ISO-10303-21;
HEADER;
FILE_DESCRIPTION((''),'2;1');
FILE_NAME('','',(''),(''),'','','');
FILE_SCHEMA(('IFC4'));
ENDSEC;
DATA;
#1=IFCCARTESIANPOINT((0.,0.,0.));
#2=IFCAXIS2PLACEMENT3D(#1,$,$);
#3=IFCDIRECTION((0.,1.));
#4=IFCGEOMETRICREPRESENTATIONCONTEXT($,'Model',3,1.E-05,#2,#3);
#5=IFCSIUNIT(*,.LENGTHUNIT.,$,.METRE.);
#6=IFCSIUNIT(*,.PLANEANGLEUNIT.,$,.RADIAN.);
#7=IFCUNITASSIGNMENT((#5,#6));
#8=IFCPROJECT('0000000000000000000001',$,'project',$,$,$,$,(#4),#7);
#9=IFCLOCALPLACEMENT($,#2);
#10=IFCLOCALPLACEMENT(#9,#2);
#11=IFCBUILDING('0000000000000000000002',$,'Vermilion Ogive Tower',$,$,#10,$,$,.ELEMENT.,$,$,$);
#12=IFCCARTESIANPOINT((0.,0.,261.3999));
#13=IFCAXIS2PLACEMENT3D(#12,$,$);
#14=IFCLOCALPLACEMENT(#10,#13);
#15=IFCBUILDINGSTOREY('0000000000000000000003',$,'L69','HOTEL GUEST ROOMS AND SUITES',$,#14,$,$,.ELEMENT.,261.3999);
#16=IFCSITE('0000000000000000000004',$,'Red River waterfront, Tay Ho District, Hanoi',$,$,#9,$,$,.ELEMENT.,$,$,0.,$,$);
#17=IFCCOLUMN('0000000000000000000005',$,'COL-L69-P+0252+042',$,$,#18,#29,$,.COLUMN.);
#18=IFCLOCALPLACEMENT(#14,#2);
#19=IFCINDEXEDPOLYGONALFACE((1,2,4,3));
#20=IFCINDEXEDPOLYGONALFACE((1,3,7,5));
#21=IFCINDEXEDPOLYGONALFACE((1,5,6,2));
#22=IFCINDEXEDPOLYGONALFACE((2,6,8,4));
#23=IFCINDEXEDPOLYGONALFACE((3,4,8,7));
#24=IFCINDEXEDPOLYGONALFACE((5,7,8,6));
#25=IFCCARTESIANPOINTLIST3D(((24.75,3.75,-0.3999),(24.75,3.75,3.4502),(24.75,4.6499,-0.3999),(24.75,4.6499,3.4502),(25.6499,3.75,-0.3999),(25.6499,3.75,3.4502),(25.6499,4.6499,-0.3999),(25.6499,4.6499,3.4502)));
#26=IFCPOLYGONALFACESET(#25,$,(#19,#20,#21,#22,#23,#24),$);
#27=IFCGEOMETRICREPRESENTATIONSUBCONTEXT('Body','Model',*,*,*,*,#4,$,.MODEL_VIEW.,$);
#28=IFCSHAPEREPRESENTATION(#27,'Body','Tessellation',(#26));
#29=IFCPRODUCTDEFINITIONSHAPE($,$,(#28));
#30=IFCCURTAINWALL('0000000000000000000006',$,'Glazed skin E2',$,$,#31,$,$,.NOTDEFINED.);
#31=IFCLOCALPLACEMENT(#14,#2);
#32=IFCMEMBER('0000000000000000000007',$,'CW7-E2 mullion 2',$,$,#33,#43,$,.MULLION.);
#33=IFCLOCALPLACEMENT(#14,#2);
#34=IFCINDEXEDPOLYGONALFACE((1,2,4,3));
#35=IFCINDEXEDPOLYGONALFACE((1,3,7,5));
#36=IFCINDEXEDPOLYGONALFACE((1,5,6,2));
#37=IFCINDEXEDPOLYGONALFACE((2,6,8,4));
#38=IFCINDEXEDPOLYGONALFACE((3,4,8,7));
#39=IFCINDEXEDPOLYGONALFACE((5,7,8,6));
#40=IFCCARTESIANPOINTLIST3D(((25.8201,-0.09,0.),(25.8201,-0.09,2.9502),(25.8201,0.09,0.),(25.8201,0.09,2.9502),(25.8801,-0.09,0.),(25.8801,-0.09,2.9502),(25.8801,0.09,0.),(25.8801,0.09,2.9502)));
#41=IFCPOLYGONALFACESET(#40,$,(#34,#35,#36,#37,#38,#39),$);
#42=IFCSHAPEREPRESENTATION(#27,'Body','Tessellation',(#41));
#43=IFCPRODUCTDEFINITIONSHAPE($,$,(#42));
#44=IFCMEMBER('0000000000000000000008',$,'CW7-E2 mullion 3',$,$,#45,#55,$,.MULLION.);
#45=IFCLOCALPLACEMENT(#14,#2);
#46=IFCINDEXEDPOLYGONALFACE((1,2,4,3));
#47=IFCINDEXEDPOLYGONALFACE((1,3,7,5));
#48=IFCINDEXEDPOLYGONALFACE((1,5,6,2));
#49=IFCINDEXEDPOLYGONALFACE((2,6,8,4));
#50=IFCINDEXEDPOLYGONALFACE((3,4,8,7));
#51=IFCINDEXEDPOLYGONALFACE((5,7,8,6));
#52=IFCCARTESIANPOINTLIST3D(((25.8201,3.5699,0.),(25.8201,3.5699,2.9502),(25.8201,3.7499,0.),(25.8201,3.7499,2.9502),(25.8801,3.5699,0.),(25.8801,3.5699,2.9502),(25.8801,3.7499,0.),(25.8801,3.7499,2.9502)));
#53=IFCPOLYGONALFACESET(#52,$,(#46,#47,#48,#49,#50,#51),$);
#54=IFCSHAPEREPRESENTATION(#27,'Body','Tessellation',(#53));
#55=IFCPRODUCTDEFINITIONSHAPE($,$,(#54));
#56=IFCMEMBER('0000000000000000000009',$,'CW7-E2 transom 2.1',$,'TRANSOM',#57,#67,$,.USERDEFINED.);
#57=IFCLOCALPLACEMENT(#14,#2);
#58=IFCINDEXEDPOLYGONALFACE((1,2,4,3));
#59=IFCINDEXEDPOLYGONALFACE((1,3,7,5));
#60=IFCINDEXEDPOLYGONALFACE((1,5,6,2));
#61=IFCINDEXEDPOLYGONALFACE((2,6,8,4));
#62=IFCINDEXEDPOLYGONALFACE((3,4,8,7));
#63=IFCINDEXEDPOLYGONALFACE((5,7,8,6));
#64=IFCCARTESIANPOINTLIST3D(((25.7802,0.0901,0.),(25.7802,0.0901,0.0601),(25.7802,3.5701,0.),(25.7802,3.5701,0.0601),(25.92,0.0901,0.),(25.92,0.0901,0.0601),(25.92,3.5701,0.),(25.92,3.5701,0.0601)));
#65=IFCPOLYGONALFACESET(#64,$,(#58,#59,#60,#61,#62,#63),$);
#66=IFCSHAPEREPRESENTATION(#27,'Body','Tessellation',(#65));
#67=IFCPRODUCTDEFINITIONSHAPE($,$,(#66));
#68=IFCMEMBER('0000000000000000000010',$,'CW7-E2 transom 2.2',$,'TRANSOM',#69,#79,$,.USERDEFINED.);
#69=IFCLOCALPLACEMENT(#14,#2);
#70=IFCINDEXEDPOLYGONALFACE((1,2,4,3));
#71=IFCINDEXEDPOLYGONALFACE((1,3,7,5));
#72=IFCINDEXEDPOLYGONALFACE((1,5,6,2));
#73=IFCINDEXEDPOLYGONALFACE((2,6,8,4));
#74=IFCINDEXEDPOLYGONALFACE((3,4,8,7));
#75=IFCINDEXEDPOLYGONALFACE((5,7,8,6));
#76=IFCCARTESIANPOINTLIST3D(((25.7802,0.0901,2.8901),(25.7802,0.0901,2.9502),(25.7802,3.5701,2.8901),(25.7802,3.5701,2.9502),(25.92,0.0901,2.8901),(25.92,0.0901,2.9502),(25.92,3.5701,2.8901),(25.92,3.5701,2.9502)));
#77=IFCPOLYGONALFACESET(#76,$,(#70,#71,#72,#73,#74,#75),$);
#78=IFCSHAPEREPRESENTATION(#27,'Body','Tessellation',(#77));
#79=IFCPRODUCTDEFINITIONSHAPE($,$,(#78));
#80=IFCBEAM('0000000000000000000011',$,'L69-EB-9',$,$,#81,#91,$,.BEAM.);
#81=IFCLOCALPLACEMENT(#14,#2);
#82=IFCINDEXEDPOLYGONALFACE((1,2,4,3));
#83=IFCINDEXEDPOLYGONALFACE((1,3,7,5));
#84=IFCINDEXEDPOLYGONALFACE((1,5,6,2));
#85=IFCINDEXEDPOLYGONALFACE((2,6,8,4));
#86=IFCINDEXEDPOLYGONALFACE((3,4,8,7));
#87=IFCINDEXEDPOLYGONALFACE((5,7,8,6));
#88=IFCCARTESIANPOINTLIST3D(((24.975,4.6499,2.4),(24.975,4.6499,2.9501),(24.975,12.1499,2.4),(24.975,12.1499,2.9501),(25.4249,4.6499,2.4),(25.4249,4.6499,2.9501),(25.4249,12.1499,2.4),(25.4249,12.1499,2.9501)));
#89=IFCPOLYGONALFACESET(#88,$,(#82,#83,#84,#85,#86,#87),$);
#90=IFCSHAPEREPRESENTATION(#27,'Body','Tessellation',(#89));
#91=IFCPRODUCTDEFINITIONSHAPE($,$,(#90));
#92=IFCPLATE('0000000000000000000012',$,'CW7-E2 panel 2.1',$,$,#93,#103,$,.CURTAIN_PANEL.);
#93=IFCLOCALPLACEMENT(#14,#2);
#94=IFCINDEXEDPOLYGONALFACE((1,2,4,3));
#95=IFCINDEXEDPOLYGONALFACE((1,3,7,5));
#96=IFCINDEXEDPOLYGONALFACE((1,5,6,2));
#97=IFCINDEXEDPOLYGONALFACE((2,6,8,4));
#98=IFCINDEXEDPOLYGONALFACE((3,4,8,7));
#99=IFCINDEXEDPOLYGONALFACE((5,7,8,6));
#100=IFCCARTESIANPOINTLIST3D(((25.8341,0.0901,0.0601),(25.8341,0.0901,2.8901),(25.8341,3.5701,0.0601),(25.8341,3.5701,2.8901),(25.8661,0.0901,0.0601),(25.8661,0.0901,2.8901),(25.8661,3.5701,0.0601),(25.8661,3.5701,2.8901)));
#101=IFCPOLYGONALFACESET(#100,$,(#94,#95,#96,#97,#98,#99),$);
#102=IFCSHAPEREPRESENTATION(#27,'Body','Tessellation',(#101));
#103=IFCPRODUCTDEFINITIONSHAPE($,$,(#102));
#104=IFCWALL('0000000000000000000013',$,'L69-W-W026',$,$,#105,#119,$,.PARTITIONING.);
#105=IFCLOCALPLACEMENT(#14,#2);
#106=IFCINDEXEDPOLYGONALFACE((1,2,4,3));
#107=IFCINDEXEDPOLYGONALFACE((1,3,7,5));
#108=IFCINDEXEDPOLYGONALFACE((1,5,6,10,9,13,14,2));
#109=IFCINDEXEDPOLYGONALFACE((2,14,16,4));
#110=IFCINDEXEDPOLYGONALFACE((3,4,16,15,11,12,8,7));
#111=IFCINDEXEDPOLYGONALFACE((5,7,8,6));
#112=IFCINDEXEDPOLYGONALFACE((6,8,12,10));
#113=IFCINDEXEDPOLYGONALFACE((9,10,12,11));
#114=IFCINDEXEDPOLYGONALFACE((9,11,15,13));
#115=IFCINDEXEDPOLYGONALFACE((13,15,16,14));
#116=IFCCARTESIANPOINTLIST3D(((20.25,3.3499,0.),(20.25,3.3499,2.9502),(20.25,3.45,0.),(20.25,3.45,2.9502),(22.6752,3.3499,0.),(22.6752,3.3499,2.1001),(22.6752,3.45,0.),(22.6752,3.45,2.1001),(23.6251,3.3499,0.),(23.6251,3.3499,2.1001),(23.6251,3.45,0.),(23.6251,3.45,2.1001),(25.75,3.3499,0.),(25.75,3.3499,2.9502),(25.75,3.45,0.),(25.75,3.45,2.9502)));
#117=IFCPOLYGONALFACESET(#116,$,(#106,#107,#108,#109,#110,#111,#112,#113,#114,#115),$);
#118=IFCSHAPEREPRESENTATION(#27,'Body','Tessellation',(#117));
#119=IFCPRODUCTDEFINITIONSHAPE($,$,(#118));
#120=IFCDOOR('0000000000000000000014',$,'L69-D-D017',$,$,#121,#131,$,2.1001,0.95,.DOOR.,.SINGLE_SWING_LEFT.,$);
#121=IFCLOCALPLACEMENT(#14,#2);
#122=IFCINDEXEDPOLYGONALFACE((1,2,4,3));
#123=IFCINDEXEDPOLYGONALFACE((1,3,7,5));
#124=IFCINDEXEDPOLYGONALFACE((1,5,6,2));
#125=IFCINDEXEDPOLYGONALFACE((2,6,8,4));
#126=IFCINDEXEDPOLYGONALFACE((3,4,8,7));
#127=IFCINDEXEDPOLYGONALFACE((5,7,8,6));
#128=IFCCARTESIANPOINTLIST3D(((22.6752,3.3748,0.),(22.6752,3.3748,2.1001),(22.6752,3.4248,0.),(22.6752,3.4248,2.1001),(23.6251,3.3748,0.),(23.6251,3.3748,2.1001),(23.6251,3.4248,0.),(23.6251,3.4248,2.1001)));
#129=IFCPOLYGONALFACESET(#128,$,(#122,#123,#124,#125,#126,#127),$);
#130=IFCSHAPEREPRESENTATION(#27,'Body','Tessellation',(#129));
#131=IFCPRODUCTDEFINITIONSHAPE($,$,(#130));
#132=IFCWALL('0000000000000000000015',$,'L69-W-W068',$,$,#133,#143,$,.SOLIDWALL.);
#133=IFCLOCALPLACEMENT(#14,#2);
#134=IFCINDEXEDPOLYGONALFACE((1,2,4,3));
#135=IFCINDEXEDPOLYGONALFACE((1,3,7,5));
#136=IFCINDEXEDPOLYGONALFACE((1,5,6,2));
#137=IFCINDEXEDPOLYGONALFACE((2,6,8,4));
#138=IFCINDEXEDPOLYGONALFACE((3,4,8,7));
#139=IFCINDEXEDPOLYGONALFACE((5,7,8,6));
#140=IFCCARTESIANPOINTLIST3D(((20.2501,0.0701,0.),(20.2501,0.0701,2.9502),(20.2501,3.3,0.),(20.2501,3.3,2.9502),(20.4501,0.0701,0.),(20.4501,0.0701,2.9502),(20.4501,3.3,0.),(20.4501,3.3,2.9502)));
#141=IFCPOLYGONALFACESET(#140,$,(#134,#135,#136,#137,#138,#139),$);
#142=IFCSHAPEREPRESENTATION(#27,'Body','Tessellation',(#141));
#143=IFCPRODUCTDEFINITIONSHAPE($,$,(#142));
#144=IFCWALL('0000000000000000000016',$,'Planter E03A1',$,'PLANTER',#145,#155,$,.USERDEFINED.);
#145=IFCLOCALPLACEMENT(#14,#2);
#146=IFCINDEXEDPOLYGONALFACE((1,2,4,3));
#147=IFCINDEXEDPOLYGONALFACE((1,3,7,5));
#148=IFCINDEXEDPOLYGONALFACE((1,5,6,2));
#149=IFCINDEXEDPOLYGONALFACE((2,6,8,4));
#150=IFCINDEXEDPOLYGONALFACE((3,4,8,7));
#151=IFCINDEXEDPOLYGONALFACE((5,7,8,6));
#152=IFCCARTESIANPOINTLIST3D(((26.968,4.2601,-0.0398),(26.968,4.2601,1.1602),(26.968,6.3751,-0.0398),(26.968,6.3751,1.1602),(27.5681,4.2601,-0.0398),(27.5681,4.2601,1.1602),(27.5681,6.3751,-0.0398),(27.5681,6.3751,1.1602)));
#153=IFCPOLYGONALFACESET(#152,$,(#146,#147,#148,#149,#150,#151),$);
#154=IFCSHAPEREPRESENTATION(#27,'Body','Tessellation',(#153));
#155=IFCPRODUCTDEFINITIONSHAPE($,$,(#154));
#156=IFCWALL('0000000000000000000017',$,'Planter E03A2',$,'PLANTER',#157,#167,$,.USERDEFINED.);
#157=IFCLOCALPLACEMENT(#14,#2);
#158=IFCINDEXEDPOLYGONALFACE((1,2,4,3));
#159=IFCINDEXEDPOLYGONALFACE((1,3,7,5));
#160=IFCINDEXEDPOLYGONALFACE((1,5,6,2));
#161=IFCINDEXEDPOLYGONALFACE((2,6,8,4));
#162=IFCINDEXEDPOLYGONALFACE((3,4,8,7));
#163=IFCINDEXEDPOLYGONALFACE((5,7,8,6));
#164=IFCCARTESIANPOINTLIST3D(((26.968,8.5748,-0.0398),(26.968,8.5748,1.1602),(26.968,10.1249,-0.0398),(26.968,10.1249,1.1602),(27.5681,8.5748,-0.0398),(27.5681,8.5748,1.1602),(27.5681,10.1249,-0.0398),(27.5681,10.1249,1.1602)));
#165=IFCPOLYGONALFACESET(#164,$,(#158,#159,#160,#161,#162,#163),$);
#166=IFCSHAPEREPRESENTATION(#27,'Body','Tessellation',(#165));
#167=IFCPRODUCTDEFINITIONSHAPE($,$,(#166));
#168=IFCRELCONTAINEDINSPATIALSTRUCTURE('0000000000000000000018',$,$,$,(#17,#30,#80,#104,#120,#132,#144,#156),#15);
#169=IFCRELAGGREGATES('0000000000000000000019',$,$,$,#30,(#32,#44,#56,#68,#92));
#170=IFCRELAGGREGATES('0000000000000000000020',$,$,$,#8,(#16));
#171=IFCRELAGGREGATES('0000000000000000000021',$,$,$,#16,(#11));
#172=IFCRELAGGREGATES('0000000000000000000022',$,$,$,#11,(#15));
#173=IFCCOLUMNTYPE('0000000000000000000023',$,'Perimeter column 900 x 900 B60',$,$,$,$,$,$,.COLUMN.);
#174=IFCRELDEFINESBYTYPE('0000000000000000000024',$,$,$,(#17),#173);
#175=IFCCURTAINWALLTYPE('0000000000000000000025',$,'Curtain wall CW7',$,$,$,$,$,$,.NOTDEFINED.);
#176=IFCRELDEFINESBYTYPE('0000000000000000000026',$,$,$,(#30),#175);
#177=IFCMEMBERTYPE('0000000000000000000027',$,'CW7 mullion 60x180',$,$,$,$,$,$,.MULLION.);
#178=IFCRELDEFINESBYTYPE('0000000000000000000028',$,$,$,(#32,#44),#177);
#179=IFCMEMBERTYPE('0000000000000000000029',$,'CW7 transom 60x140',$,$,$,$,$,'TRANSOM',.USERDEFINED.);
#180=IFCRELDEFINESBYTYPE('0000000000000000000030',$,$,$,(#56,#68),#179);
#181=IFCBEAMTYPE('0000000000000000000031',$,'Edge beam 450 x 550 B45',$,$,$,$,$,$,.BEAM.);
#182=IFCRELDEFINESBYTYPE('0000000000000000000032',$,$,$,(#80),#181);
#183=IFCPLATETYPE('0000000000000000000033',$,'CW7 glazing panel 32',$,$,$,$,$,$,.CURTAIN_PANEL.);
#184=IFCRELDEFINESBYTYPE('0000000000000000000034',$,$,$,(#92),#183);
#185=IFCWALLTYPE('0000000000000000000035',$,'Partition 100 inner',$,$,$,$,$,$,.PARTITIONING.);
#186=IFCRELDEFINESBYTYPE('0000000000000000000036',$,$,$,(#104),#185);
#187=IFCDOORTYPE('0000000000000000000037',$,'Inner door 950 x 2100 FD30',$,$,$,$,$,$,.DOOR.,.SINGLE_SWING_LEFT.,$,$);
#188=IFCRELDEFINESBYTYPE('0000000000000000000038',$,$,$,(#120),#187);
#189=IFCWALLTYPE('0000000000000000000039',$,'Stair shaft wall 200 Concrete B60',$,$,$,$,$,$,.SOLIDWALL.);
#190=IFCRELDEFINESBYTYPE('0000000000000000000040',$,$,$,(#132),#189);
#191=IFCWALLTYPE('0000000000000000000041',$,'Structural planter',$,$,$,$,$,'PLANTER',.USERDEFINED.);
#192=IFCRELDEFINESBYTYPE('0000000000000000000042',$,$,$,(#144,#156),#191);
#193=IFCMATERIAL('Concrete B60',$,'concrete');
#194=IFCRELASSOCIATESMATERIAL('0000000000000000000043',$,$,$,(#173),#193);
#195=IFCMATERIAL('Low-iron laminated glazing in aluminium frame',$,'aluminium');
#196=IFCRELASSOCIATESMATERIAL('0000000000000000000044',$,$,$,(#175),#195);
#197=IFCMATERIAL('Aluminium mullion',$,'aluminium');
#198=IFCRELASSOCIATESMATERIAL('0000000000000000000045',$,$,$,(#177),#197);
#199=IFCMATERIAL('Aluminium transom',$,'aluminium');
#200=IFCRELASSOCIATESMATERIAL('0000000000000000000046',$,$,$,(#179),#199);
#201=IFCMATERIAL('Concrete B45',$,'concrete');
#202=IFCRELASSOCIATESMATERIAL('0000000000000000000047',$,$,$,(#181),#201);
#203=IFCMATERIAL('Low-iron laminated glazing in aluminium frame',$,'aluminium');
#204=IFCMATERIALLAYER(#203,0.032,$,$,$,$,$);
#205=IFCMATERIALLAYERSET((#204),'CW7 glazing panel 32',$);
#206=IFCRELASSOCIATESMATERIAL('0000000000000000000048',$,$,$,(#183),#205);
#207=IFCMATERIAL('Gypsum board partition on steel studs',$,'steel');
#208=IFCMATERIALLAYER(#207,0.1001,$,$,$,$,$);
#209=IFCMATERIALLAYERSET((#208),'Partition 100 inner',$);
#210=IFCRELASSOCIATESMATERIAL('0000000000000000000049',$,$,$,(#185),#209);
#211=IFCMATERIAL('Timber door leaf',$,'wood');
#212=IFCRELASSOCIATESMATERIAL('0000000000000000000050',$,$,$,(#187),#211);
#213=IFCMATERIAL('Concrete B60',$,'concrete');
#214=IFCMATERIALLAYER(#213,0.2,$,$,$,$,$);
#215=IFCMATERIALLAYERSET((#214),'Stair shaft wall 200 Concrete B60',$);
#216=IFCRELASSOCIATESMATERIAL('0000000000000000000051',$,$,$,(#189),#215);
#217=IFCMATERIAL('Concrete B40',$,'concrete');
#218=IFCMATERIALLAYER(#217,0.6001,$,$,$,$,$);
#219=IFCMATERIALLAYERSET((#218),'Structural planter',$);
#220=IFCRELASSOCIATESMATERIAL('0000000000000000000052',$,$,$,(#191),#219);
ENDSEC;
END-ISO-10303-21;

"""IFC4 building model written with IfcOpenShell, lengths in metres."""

from ifc_helpers import new_model, si_unit, direction, frame, frame_2d, origin, origin_2d, place, context, subcontext, project, spatial, rectangle, extrude, material, layer, layer_set, material_profile, profile_set, type_object, element, fill, aggregate, save


model = new_model("IFC4")

# Units and contexts
model_context = context("Model", 3, precision=1e-05, world=origin(), true_north=direction((0.0, 1.0)))
body_context = subcontext(model_context, "Body", "Model", "MODEL_VIEW")
ifc_project = project(units=[si_unit("LENGTHUNIT", "METRE"), si_unit("PLANEANGLEUNIT", "RADIAN")], contexts=[model_context])

# Site, building, storey
site_placement = place(None, origin())
site = spatial("IfcSite", under=ifc_project, at=site_placement, Name="Red River waterfront, Tay Ho District, Hanoi", CompositionType="ELEMENT", RefElevation=0.0)
building_placement = place(site_placement, origin())
building = spatial("IfcBuilding", under=site, at=building_placement, Name="Vermilion Ogive Tower", CompositionType="ELEMENT")
storey_placement = place(building_placement, frame((0.0, 0.0, 261.3999)))
storey = spatial("IfcBuildingStorey", under=building, at=storey_placement, Name="L69", Description="HOTEL GUEST ROOMS AND SUITES", CompositionType="ELEMENT", Elevation=261.3999)

# Column
ifc_material_1 = material(Name="Concrete B60", Category="concrete")
ifc_material_profile_1 = material_profile(ifc_material_1, rectangle(XDim=0.8999, YDim=0.8999, at=origin_2d()), Name="900 x 900")
ifc_profile_set_1 = profile_set([ifc_material_profile_1], Name="Concrete B60")
column_type = type_object("IfcColumnType", Name="Perimeter column 900 x 900 B60", PredefinedType="COLUMN", material=ifc_profile_set_1)
column_placement = place(storey_placement, frame((25.2, 4.2, -0.3999), z_axis=(0.0, 0.0, 1.0), x_axis=(1.0, 0.0, 0.0)))
element("IfcColumn", 1, at=column_placement, inside=storey, type_object=column_type, Name="COL-L69-P+0252+042", PredefinedType="COLUMN", context=body_context, shape_type="SweptSolid", body=[
    extrude(rectangle(XDim=0.8999, YDim=0.8999, at=origin_2d()), origin(), (0.0, 0.0, 1.0), 3.8501),
])

# Curtain wall, members
ifc_material_2 = material(Name="Low-iron laminated glazing in aluminium frame", Category="aluminium")
curtain_wall_type = type_object("IfcCurtainWallType", Name="Curtain wall CW7", PredefinedType="NOTDEFINED", material=ifc_material_2)
curtain_wall_placement = place(storey_placement, origin())
curtain_wall = element("IfcCurtainWall", 2, at=curtain_wall_placement, inside=storey, type_object=curtain_wall_type, Name="Glazed skin E2", PredefinedType="NOTDEFINED")
ifc_material_3 = material(Name="Aluminium mullion", Category="aluminium")
ifc_material_profile_2 = material_profile(ifc_material_3, rectangle(XDim=0.0601, YDim=0.1799, at=origin_2d()), Name="AL 60x180")
ifc_profile_set_2 = profile_set([ifc_material_profile_2], Name="Aluminium mullion")
member_type_1 = type_object("IfcMemberType", Name="CW7 mullion 60x180", PredefinedType="MULLION", material=ifc_profile_set_2)
member_1_placement = place(storey_placement, frame((25.8501, 0.0, 0.0), z_axis=(0.0, 0.0, 1.0), x_axis=(-1.0, 0.0, 0.0)))
member_1 = element("IfcMember", 3, at=member_1_placement, type_object=member_type_1, Name="CW7-E2 mullion 2", PredefinedType="MULLION", context=body_context, shape_type="SweptSolid", body=[
    extrude(rectangle(XDim=0.0601, YDim=0.1799, at=origin_2d()), origin(), (0.0, 0.0, 1.0), 2.9502),
])
member_2_placement = place(storey_placement, frame((25.8501, 3.6599, 0.0), z_axis=(0.0, 0.0, 1.0), x_axis=(-1.0, 0.0, 0.0)))
member_2 = element("IfcMember", 4, at=member_2_placement, type_object=member_type_1, Name="CW7-E2 mullion 3", PredefinedType="MULLION", context=body_context, shape_type="SweptSolid", body=[
    extrude(rectangle(XDim=0.0601, YDim=0.1799, at=origin_2d()), origin(), (0.0, 0.0, 1.0), 2.9502),
])
ifc_material_4 = material(Name="Aluminium transom", Category="aluminium")
ifc_material_profile_3 = material_profile(ifc_material_4, rectangle(XDim=0.1399, YDim=0.0601, at=origin_2d()), Name="AL 60x140")
ifc_profile_set_3 = profile_set([ifc_material_profile_3], Name="Aluminium transom")
member_type_2 = type_object("IfcMemberType", Name="CW7 transom 60x140", ElementType="TRANSOM", PredefinedType="USERDEFINED", material=ifc_profile_set_3)
member_3_placement = place(storey_placement, frame((25.8501, 0.0901, 0.03), z_axis=(0.0, 1.0, 0.0), x_axis=(-1.0, 0.0, 0.0)))
member_3 = element("IfcMember", 5, at=member_3_placement, type_object=member_type_2, Name="CW7-E2 transom 2.1", ObjectType="TRANSOM", PredefinedType="USERDEFINED", context=body_context, shape_type="SweptSolid", body=[
    extrude(rectangle(XDim=0.1399, YDim=0.0601, at=origin_2d()), origin(), (0.0, 0.0, 1.0), 3.48),
])
member_4_placement = place(storey_placement, frame((25.8501, 0.0901, 2.9202), z_axis=(0.0, 1.0, 0.0), x_axis=(-1.0, 0.0, 0.0)))
member_4 = element("IfcMember", 6, at=member_4_placement, type_object=member_type_2, Name="CW7-E2 transom 2.2", ObjectType="TRANSOM", PredefinedType="USERDEFINED", context=body_context, shape_type="SweptSolid", body=[
    extrude(rectangle(XDim=0.1399, YDim=0.0601, at=origin_2d()), origin(), (0.0, 0.0, 1.0), 3.48),
])

# Beam
ifc_material_5 = material(Name="Concrete B45", Category="concrete")
ifc_material_profile_4 = material_profile(ifc_material_5, rectangle(XDim=0.45, YDim=0.55, at=origin_2d()), Name="450 x 550")
ifc_profile_set_4 = profile_set([ifc_material_profile_4], Name="Concrete B45")
beam_type = type_object("IfcBeamType", Name="Edge beam 450 x 550 B45", PredefinedType="BEAM", material=ifc_profile_set_4)
beam_placement = place(storey_placement, frame((25.2, 4.6499, 2.675), z_axis=(0.0, 1.0, 0.0), x_axis=(-1.0, 0.0, 0.0)))
element("IfcBeam", 7, at=beam_placement, inside=storey, type_object=beam_type, Name="L69-EB-9", PredefinedType="BEAM", context=body_context, shape_type="SweptSolid", body=[
    extrude(rectangle(XDim=0.45, YDim=0.55, at=origin_2d()), origin(), (0.0, 0.0, 1.0), 7.5),
])

# Plate
ifc_material_6 = material(Name="Low-iron laminated glazing in aluminium frame", Category="aluminium")
ifc_layer_1 = layer(ifc_material_6, 0.032)
ifc_layer_set_1 = layer_set([ifc_layer_1], Name="CW7 glazing panel 32")
plate_type = type_object("IfcPlateType", Name="CW7 glazing panel 32", PredefinedType="CURTAIN_PANEL", material=ifc_layer_set_1)
plate_placement = place(storey_placement, frame((25.8501, 1.8301, 0.0601), z_axis=(0.0, 0.0, 1.0), x_axis=(0.0, 1.0, 0.0)))
plate = element("IfcPlate", 8, at=plate_placement, type_object=plate_type, Name="CW7-E2 panel 2.1", PredefinedType="CURTAIN_PANEL", context=body_context, shape_type="SweptSolid", body=[
    extrude(rectangle(XDim=3.48, YDim=0.032, at=origin_2d()), origin(), (0.0, 0.0, 1.0), 2.8301),
])
aggregate(curtain_wall, [member_1, member_2, member_3, member_4, plate])

# Wall, opening, door
ifc_material_7 = material(Name="Gypsum board partition on steel studs", Category="steel")
ifc_layer_2 = layer(ifc_material_7, 0.1001)
ifc_layer_set_2 = layer_set([ifc_layer_2], Name="Partition 100 inner")
wall_type_1 = type_object("IfcWallType", Name="Partition 100 inner", PredefinedType="PARTITIONING", material=ifc_layer_set_2)
wall_1_placement = place(storey_placement, frame((20.25, 3.3999, 0.0), z_axis=(0.0, 0.0, 1.0), x_axis=(1.0, 0.0, 0.0)))
wall_1 = element("IfcWall", 9, at=wall_1_placement, inside=storey, type_object=wall_type_1, Name="L69-W-W026", PredefinedType="PARTITIONING", context=body_context, shape_type="SweptSolid", body=[
    extrude(rectangle(XDim=5.5, YDim=0.1001, at=frame_2d((2.75, 0.0))), origin(), (0.0, 0.0, 1.0), 2.9502),
])
opening_1_placement = place(wall_1_placement, frame((2.425, 0.0, 0.0)))
opening_1 = element("IfcOpeningElement", 10, at=opening_1_placement, cuts=wall_1, PredefinedType="OPENING", context=body_context, shape_type="SweptSolid", body=[
    extrude(rectangle(XDim=0.95, YDim=2.1001, at=frame_2d((0.4751, 1.05))), frame((0.0, 0.0601, 0.0), z_axis=(0.0, -1.0, 0.0), x_axis=(1.0, 0.0, 0.0)), (0.0, 0.0, 1.0), 0.1201),
])
ifc_material_8 = material(Name="Timber door leaf", Category="wood")
door_type_1 = type_object("IfcDoorType", Name="Inner door 950 x 2100 FD30", OperationType="SINGLE_SWING_LEFT", PredefinedType="DOOR", material=ifc_material_8)
door_1_placement = place(opening_1_placement, origin())
door_1 = element("IfcDoor", 11, at=door_1_placement, inside=storey, type_object=door_type_1, Name="L69-D-D017", OperationType="SINGLE_SWING_LEFT", OverallHeight=2.1001, OverallWidth=0.95, PredefinedType="DOOR", context=body_context, shape_type="SweptSolid", body=[
    extrude(rectangle(XDim=0.95, YDim=2.1001, at=frame_2d((0.4751, 1.05))), frame((0.0, 0.0249, 0.0), z_axis=(0.0, -1.0, 0.0), x_axis=(1.0, 0.0, 0.0)), (0.0, 0.0, 1.0), 0.05),
])
fill(opening_1, door_1)

# Walls
ifc_material_9 = material(Name="Concrete B60", Category="concrete")
ifc_layer_3 = layer(ifc_material_9, 0.2)
ifc_layer_set_3 = layer_set([ifc_layer_3], Name="Stair shaft wall 200 Concrete B60")
wall_type_2 = type_object("IfcWallType", Name="Stair shaft wall 200 Concrete B60", PredefinedType="SOLIDWALL", material=ifc_layer_set_3)
wall_2_placement = place(storey_placement, frame((20.3501, 0.0701, 0.0), z_axis=(0.0, 0.0, 1.0), x_axis=(0.0, 1.0, 0.0)))
element("IfcWall", 12, at=wall_2_placement, inside=storey, type_object=wall_type_2, Name="L69-W-W068", PredefinedType="SOLIDWALL", context=body_context, shape_type="SweptSolid", body=[
    extrude(rectangle(XDim=3.23, YDim=0.2, at=frame_2d((1.615, 0.0))), origin(), (0.0, 0.0, 1.0), 2.9502),
])
ifc_material_10 = material(Name="Concrete B40", Category="concrete")
ifc_layer_4 = layer(ifc_material_10, 0.6001)
ifc_layer_set_4 = layer_set([ifc_layer_4], Name="Structural planter")
wall_type_3 = type_object("IfcWallType", Name="Structural planter", ElementType="PLANTER", PredefinedType="USERDEFINED", material=ifc_layer_set_4)
wall_3_placement = place(storey_placement, frame((27.2681, 4.26, -0.0398), z_axis=(0.0, 0.0, 1.0), x_axis=(0.0, 1.0, 0.0)))
element("IfcWall", 13, at=wall_3_placement, inside=storey, type_object=wall_type_3, Name="Planter E03A1", ObjectType="PLANTER", PredefinedType="USERDEFINED", context=body_context, shape_type="SweptSolid", body=[
    extrude(rectangle(XDim=2.115, YDim=0.6001, at=frame_2d((1.0576, 0.0))), origin(), (0.0, 0.0, 1.0), 1.2),
])
wall_4_placement = place(storey_placement, frame((27.2681, 8.575, -0.0398), z_axis=(0.0, 0.0, 1.0), x_axis=(0.0, 1.0, 0.0)))
element("IfcWall", 14, at=wall_4_placement, inside=storey, type_object=wall_type_3, Name="Planter E03A2", ObjectType="PLANTER", PredefinedType="USERDEFINED", context=body_context, shape_type="SweptSolid", body=[
    extrude(rectangle(XDim=1.55, YDim=0.6001, at=frame_2d((0.7749, 0.0))), origin(), (0.0, 0.0, 1.0), 1.2),
])

save(model, "model.ifc")
